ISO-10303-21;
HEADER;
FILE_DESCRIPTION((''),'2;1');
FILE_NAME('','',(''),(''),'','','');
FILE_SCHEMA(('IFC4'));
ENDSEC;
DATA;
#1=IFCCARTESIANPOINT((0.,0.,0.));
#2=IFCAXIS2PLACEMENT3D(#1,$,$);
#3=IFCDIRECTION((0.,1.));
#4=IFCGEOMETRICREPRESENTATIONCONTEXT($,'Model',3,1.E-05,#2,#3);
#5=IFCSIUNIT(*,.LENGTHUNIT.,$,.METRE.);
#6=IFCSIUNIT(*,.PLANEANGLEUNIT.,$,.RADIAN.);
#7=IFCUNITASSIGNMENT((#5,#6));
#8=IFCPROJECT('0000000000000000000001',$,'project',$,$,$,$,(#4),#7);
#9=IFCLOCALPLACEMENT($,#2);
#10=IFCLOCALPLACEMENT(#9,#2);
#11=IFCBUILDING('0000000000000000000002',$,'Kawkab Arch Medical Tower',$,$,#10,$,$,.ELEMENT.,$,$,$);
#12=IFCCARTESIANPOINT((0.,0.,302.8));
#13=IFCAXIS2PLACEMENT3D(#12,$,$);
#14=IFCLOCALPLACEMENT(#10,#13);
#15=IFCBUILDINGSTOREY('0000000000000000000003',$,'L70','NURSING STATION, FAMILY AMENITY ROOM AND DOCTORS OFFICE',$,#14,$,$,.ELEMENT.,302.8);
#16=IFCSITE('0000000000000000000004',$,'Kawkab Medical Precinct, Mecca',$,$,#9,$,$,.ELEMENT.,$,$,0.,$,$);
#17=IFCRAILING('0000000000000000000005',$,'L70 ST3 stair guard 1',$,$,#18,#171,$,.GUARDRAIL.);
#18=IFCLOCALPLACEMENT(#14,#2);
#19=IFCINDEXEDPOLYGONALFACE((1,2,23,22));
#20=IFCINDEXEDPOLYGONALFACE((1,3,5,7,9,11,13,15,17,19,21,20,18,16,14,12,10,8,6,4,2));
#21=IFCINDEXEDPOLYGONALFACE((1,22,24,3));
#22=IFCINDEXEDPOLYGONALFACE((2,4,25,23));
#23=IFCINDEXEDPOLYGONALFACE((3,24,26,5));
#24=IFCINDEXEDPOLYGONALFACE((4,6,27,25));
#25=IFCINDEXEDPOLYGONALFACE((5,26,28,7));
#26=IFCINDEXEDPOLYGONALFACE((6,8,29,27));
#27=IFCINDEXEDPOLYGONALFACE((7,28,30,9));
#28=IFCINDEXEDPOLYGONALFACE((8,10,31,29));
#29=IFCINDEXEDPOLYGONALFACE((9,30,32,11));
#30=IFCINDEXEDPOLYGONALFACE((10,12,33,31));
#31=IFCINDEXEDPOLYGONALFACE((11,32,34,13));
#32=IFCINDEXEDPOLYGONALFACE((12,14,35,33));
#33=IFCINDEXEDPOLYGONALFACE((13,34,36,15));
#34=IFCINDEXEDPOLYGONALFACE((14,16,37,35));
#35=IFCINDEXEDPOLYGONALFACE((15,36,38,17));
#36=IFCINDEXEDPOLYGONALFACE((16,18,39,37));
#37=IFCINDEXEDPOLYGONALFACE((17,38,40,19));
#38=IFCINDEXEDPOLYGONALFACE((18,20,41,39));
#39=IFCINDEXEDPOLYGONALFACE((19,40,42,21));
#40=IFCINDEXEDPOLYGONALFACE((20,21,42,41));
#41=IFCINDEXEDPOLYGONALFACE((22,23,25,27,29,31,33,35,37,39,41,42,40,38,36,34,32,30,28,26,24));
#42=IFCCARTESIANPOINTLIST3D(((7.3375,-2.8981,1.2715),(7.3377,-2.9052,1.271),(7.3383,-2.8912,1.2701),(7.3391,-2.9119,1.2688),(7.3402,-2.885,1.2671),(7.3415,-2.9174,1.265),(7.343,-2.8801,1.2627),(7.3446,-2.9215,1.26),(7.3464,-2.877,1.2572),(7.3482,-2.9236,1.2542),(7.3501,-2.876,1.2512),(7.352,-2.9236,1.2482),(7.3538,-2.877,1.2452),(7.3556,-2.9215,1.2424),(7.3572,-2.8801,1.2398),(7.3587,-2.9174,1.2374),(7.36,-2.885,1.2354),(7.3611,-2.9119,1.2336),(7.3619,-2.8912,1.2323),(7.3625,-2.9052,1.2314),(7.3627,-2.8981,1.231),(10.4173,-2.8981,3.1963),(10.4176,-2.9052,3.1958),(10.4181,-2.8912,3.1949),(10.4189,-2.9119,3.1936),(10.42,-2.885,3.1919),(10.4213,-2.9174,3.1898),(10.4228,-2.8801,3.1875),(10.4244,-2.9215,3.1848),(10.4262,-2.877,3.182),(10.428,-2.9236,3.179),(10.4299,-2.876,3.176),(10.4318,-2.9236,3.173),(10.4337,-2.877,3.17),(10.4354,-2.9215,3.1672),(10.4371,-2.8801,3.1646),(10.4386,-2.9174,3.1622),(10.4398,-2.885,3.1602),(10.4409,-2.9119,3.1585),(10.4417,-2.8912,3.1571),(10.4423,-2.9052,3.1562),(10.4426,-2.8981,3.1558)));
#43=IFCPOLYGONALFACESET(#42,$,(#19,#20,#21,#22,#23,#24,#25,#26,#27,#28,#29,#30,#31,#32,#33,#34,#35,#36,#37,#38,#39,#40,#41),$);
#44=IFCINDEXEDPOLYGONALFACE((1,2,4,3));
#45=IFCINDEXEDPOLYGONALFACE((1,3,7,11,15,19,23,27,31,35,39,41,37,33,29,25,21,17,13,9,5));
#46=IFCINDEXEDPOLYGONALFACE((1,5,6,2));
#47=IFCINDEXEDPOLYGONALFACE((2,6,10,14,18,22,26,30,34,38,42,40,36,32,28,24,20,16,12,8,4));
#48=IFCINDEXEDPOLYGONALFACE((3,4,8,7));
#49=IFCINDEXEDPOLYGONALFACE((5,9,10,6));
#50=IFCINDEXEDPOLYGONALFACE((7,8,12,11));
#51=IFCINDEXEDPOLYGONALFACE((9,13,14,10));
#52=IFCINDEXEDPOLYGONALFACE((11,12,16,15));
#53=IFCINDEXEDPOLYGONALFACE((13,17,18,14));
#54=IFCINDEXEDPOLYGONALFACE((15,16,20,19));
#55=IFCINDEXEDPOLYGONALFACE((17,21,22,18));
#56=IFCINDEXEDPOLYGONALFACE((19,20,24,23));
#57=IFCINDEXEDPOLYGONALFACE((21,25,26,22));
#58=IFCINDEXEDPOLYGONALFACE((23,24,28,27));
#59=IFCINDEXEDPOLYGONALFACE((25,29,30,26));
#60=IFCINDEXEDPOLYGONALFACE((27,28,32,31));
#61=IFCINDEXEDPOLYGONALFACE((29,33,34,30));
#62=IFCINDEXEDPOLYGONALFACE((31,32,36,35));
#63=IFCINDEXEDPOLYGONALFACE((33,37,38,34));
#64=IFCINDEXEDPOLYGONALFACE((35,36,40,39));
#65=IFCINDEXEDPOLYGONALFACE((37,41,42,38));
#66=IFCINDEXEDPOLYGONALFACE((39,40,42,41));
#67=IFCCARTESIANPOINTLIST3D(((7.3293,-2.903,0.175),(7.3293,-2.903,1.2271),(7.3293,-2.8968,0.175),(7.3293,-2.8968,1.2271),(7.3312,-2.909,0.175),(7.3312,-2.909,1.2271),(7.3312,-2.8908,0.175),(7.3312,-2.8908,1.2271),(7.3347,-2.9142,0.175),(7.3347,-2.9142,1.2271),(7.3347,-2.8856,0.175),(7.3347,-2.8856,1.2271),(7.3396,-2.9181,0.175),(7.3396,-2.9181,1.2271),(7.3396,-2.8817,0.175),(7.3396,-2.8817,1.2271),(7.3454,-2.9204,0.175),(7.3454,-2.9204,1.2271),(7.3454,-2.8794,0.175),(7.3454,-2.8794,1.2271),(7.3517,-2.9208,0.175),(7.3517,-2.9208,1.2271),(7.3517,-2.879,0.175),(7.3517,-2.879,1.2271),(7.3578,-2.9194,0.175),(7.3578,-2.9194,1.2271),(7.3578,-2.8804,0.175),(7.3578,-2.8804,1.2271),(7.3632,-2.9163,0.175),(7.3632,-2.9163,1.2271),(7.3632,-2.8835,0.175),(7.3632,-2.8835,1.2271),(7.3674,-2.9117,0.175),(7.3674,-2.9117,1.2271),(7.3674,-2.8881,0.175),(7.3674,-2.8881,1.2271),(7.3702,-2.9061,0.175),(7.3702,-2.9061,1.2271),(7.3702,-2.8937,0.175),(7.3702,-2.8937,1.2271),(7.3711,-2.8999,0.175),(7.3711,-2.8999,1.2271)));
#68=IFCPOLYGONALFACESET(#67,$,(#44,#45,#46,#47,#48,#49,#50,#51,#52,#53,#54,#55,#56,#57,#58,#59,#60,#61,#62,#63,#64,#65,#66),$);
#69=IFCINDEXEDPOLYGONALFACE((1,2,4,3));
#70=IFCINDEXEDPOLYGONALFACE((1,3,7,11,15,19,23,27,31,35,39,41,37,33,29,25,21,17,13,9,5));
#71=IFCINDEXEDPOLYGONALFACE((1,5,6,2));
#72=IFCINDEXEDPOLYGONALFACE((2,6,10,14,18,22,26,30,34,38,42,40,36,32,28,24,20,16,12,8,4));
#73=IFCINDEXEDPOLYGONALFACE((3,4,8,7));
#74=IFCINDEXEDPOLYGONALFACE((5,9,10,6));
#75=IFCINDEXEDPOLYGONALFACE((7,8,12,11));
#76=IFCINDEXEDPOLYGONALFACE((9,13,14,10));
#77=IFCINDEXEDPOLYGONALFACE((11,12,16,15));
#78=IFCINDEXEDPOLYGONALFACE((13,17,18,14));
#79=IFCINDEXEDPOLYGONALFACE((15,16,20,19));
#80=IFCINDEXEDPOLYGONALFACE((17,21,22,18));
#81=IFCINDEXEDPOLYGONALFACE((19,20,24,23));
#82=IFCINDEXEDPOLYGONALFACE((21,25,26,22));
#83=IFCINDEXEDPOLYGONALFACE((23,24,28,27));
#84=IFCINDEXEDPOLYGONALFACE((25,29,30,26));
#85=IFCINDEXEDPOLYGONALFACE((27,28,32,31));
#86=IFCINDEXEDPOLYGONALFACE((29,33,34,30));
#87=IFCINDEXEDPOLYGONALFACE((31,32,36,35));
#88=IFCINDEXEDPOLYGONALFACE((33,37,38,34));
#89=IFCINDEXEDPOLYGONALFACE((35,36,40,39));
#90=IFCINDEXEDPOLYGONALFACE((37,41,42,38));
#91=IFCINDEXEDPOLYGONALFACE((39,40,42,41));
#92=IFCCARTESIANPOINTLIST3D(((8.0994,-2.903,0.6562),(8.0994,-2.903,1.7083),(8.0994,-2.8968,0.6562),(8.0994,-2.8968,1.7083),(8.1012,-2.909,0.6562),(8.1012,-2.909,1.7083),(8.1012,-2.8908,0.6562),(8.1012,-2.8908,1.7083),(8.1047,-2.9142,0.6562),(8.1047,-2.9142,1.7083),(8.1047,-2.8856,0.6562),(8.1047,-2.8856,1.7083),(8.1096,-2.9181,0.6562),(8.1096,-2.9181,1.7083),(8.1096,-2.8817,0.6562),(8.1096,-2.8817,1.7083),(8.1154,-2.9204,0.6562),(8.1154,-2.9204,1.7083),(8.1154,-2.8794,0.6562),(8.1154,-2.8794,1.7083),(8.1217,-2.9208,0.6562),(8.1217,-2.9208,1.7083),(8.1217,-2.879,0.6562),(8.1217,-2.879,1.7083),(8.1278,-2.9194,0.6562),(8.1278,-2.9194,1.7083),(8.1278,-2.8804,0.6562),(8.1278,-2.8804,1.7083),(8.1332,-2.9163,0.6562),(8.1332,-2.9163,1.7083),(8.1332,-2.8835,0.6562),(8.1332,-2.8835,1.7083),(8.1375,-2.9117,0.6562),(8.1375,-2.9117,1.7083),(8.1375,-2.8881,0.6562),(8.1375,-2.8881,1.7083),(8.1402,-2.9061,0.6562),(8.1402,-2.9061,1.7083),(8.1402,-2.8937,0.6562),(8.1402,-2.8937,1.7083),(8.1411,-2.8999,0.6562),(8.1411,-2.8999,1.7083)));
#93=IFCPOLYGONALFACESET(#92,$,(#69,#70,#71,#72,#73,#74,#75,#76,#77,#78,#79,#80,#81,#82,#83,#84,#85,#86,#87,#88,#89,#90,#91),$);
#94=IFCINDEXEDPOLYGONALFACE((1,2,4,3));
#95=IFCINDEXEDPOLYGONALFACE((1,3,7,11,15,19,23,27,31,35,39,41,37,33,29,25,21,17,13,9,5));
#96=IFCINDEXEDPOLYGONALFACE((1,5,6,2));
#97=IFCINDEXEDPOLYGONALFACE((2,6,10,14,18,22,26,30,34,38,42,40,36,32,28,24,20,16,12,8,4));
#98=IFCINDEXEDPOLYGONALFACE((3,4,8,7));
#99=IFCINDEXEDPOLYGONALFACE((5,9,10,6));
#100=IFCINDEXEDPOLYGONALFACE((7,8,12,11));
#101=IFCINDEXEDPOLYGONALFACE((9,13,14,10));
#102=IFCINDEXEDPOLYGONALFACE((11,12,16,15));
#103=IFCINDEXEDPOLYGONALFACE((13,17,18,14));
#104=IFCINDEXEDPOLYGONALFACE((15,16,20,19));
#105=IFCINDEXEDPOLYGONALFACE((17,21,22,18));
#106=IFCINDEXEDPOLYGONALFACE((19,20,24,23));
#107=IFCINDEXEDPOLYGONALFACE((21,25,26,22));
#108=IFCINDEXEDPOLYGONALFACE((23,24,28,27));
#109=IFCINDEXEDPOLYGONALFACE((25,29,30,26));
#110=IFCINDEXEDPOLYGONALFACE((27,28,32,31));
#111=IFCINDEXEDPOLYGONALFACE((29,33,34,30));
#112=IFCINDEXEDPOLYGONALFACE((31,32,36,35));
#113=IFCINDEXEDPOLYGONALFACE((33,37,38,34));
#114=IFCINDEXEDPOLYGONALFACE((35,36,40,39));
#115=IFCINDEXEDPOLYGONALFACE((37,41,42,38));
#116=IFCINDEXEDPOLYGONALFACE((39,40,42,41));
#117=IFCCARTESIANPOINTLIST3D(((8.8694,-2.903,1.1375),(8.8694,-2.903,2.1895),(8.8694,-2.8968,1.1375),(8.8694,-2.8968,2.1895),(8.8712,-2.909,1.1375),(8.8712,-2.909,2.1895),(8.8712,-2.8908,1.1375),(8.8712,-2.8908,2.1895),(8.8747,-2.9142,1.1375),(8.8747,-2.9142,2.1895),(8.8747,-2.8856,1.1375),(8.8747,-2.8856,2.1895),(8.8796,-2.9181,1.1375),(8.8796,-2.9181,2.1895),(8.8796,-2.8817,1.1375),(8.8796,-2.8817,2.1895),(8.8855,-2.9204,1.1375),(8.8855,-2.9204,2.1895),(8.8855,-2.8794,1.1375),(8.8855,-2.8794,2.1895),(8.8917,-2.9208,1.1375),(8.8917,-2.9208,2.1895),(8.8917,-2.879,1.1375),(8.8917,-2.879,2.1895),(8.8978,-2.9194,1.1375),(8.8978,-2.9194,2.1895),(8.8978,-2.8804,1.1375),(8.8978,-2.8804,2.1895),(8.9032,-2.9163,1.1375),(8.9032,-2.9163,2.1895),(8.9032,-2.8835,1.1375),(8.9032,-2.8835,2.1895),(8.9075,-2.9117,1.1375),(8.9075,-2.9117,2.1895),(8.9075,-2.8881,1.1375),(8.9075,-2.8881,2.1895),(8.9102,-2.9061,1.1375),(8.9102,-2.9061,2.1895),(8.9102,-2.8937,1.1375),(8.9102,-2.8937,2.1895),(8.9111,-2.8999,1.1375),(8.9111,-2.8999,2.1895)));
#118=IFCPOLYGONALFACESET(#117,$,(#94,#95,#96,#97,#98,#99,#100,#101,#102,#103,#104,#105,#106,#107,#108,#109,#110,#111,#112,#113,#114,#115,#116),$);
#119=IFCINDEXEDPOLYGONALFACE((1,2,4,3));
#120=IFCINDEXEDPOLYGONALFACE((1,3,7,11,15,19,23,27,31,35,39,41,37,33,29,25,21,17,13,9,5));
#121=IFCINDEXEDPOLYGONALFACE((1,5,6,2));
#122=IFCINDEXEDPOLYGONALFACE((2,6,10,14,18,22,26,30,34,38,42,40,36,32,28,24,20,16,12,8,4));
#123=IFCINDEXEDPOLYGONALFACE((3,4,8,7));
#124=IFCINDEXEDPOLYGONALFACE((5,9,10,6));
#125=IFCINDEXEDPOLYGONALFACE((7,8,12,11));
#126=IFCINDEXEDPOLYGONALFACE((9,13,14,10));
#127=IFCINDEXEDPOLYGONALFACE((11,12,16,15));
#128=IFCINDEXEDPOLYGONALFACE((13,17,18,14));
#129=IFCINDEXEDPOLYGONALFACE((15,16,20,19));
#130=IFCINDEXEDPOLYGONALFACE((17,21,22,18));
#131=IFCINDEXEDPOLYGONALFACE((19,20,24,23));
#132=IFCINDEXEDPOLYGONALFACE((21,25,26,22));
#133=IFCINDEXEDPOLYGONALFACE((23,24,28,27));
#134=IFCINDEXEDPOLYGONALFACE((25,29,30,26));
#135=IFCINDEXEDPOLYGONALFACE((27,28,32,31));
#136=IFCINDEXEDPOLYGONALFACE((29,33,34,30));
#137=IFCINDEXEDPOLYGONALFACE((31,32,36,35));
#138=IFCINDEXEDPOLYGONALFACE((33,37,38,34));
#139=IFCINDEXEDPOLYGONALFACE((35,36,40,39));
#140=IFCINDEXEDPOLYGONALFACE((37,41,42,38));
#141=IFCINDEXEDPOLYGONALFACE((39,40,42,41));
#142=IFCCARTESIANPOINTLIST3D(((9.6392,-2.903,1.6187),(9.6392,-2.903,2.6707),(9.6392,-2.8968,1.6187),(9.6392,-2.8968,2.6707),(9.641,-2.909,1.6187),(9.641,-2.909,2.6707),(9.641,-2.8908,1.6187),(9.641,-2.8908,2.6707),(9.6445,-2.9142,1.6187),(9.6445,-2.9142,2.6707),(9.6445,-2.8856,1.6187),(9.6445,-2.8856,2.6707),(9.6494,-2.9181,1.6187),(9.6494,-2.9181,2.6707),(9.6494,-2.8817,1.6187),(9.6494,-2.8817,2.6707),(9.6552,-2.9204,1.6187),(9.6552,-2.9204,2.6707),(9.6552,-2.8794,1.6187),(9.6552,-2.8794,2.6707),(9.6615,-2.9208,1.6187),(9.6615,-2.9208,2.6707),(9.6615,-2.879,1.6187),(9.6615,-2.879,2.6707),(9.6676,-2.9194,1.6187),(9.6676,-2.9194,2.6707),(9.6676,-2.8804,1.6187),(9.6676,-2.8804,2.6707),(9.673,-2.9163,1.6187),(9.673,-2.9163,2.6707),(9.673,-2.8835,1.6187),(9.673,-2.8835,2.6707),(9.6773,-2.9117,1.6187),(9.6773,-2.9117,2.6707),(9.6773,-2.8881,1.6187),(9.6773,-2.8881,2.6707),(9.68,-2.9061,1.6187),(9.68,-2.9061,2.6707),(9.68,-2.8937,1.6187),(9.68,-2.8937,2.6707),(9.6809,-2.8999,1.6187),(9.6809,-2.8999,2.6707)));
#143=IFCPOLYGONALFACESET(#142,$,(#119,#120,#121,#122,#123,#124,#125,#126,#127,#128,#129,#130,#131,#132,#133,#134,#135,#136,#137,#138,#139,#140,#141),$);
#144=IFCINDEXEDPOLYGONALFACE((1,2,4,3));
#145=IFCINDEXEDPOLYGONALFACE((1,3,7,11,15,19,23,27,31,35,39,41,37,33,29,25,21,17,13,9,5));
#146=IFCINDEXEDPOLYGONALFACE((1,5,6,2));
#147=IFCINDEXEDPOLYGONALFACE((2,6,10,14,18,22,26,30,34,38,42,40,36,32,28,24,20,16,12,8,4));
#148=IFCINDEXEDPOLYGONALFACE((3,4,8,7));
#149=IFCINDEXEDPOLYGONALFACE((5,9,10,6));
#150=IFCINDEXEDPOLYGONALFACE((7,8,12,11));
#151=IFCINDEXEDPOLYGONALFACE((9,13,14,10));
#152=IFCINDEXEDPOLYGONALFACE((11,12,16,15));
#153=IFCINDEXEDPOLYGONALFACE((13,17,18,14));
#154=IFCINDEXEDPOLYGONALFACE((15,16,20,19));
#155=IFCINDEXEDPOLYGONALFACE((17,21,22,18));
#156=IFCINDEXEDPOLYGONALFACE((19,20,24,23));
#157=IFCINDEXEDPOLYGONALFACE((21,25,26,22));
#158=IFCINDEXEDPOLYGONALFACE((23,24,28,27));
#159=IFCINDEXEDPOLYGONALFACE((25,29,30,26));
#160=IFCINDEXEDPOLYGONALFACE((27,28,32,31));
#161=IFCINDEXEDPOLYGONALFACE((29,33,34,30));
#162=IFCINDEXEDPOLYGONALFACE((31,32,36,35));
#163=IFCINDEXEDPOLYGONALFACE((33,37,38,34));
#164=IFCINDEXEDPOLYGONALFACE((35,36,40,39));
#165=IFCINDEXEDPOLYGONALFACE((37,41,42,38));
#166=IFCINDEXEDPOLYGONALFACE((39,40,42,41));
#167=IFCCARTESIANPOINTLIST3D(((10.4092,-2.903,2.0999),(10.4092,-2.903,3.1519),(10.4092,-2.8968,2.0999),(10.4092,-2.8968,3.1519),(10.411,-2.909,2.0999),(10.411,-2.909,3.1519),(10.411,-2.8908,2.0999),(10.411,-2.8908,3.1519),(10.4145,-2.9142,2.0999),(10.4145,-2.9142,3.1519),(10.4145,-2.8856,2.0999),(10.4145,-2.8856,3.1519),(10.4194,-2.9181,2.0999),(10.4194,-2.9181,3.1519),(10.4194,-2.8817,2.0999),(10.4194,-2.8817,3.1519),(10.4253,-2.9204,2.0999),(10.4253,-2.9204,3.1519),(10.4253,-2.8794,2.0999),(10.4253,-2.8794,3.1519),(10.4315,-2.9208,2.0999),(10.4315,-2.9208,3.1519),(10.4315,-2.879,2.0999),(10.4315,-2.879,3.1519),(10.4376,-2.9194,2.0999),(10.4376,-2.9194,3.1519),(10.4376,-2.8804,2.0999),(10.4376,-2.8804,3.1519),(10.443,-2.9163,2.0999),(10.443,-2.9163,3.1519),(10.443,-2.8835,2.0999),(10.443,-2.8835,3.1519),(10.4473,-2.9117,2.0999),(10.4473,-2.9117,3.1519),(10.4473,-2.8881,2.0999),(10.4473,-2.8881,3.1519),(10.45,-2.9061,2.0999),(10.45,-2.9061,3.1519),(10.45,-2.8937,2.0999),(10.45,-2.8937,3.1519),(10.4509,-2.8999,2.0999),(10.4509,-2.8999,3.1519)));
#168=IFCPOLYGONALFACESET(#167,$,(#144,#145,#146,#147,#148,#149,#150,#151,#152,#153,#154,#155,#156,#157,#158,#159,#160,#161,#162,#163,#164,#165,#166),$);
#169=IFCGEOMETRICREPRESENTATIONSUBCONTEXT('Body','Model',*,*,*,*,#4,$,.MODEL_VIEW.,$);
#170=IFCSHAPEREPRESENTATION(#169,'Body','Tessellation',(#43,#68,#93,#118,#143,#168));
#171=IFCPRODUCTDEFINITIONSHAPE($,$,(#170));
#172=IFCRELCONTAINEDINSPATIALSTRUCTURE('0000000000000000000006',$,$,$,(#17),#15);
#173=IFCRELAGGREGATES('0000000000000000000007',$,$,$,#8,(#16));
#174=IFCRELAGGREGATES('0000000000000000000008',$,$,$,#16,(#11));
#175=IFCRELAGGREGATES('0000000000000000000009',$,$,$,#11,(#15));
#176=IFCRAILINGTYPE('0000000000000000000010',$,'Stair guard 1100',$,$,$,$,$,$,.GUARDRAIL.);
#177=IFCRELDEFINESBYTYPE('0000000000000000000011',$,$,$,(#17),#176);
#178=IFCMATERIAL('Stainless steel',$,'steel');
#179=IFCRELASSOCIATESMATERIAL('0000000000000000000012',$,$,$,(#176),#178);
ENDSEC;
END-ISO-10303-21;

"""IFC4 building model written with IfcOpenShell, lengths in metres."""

from ifc_helpers import new_model, si_unit, direction, frame, origin, origin_2d, place, context, subcontext, project, spatial, circle, extrude, material, type_object, element, save


model = new_model("IFC4")

# Units and contexts
model_context = context("Model", 3, precision=1e-05, world=origin(), true_north=direction((0.0, 1.0)))
body_context = subcontext(model_context, "Body", "Model", "MODEL_VIEW")
ifc_project = project(units=[si_unit("LENGTHUNIT", "METRE"), si_unit("PLANEANGLEUNIT", "RADIAN")], contexts=[model_context])

# Site, building, storey
site_placement = place(None, origin())
site = spatial("IfcSite", under=ifc_project, at=site_placement, Name="Kawkab Medical Precinct, Mecca", CompositionType="ELEMENT", RefElevation=0.0)
building_placement = place(site_placement, origin())
building = spatial("IfcBuilding", under=site, at=building_placement, Name="Kawkab Arch Medical Tower", CompositionType="ELEMENT")
storey_placement = place(building_placement, frame((0.0, 0.0, 302.8)))
storey = spatial("IfcBuildingStorey", under=building, at=storey_placement, Name="L70", Description="NURSING STATION, FAMILY AMENITY ROOM AND DOCTORS OFFICE", CompositionType="ELEMENT", Elevation=302.8)

# Railing
ifc_material_1 = material(Name="Stainless steel", Category="steel")
railing_type_1 = type_object("IfcRailingType", Name="Stair guard 1100", PredefinedType="GUARDRAIL", material=ifc_material_1)
railing_1_placement = place(storey_placement, frame((7.3501, -2.8999, 0.175)))
element("IfcRailing", 1, at=railing_1_placement, inside=storey, type_object=railing_type_1, Name="L70 ST3 stair guard 1", PredefinedType="GUARDRAIL", context=body_context, shape_type="SweptSolid", body=[
    extrude(circle(Radius=0.0239, at=origin_2d()), frame((0.0, 0.0, 1.0762), z_axis=(0.84801, 0.0, 0.529981), x_axis=(0.0, 1.0, 0.0)), (0.0, 0.0, 1.0), 3.6318),
    extrude(circle(Radius=0.021, at=origin_2d()), origin(), (0.0, 0.0, 1.0), 1.052),
    extrude(circle(Radius=0.021, at=origin_2d()), frame((0.77, 0.0, 0.4812)), (0.0, 0.0, 1.0), 1.052),
    extrude(circle(Radius=0.021, at=origin_2d()), frame((1.54, 0.0, 0.9624)), (0.0, 0.0, 1.0), 1.052),
    extrude(circle(Radius=0.021, at=origin_2d()), frame((2.3098, 0.0, 1.4436)), (0.0, 0.0, 1.0), 1.052),
    extrude(circle(Radius=0.021, at=origin_2d()), frame((3.0798, 0.0, 1.9248)), (0.0, 0.0, 1.0), 1.052),
])

save(model, "model.ifc")
